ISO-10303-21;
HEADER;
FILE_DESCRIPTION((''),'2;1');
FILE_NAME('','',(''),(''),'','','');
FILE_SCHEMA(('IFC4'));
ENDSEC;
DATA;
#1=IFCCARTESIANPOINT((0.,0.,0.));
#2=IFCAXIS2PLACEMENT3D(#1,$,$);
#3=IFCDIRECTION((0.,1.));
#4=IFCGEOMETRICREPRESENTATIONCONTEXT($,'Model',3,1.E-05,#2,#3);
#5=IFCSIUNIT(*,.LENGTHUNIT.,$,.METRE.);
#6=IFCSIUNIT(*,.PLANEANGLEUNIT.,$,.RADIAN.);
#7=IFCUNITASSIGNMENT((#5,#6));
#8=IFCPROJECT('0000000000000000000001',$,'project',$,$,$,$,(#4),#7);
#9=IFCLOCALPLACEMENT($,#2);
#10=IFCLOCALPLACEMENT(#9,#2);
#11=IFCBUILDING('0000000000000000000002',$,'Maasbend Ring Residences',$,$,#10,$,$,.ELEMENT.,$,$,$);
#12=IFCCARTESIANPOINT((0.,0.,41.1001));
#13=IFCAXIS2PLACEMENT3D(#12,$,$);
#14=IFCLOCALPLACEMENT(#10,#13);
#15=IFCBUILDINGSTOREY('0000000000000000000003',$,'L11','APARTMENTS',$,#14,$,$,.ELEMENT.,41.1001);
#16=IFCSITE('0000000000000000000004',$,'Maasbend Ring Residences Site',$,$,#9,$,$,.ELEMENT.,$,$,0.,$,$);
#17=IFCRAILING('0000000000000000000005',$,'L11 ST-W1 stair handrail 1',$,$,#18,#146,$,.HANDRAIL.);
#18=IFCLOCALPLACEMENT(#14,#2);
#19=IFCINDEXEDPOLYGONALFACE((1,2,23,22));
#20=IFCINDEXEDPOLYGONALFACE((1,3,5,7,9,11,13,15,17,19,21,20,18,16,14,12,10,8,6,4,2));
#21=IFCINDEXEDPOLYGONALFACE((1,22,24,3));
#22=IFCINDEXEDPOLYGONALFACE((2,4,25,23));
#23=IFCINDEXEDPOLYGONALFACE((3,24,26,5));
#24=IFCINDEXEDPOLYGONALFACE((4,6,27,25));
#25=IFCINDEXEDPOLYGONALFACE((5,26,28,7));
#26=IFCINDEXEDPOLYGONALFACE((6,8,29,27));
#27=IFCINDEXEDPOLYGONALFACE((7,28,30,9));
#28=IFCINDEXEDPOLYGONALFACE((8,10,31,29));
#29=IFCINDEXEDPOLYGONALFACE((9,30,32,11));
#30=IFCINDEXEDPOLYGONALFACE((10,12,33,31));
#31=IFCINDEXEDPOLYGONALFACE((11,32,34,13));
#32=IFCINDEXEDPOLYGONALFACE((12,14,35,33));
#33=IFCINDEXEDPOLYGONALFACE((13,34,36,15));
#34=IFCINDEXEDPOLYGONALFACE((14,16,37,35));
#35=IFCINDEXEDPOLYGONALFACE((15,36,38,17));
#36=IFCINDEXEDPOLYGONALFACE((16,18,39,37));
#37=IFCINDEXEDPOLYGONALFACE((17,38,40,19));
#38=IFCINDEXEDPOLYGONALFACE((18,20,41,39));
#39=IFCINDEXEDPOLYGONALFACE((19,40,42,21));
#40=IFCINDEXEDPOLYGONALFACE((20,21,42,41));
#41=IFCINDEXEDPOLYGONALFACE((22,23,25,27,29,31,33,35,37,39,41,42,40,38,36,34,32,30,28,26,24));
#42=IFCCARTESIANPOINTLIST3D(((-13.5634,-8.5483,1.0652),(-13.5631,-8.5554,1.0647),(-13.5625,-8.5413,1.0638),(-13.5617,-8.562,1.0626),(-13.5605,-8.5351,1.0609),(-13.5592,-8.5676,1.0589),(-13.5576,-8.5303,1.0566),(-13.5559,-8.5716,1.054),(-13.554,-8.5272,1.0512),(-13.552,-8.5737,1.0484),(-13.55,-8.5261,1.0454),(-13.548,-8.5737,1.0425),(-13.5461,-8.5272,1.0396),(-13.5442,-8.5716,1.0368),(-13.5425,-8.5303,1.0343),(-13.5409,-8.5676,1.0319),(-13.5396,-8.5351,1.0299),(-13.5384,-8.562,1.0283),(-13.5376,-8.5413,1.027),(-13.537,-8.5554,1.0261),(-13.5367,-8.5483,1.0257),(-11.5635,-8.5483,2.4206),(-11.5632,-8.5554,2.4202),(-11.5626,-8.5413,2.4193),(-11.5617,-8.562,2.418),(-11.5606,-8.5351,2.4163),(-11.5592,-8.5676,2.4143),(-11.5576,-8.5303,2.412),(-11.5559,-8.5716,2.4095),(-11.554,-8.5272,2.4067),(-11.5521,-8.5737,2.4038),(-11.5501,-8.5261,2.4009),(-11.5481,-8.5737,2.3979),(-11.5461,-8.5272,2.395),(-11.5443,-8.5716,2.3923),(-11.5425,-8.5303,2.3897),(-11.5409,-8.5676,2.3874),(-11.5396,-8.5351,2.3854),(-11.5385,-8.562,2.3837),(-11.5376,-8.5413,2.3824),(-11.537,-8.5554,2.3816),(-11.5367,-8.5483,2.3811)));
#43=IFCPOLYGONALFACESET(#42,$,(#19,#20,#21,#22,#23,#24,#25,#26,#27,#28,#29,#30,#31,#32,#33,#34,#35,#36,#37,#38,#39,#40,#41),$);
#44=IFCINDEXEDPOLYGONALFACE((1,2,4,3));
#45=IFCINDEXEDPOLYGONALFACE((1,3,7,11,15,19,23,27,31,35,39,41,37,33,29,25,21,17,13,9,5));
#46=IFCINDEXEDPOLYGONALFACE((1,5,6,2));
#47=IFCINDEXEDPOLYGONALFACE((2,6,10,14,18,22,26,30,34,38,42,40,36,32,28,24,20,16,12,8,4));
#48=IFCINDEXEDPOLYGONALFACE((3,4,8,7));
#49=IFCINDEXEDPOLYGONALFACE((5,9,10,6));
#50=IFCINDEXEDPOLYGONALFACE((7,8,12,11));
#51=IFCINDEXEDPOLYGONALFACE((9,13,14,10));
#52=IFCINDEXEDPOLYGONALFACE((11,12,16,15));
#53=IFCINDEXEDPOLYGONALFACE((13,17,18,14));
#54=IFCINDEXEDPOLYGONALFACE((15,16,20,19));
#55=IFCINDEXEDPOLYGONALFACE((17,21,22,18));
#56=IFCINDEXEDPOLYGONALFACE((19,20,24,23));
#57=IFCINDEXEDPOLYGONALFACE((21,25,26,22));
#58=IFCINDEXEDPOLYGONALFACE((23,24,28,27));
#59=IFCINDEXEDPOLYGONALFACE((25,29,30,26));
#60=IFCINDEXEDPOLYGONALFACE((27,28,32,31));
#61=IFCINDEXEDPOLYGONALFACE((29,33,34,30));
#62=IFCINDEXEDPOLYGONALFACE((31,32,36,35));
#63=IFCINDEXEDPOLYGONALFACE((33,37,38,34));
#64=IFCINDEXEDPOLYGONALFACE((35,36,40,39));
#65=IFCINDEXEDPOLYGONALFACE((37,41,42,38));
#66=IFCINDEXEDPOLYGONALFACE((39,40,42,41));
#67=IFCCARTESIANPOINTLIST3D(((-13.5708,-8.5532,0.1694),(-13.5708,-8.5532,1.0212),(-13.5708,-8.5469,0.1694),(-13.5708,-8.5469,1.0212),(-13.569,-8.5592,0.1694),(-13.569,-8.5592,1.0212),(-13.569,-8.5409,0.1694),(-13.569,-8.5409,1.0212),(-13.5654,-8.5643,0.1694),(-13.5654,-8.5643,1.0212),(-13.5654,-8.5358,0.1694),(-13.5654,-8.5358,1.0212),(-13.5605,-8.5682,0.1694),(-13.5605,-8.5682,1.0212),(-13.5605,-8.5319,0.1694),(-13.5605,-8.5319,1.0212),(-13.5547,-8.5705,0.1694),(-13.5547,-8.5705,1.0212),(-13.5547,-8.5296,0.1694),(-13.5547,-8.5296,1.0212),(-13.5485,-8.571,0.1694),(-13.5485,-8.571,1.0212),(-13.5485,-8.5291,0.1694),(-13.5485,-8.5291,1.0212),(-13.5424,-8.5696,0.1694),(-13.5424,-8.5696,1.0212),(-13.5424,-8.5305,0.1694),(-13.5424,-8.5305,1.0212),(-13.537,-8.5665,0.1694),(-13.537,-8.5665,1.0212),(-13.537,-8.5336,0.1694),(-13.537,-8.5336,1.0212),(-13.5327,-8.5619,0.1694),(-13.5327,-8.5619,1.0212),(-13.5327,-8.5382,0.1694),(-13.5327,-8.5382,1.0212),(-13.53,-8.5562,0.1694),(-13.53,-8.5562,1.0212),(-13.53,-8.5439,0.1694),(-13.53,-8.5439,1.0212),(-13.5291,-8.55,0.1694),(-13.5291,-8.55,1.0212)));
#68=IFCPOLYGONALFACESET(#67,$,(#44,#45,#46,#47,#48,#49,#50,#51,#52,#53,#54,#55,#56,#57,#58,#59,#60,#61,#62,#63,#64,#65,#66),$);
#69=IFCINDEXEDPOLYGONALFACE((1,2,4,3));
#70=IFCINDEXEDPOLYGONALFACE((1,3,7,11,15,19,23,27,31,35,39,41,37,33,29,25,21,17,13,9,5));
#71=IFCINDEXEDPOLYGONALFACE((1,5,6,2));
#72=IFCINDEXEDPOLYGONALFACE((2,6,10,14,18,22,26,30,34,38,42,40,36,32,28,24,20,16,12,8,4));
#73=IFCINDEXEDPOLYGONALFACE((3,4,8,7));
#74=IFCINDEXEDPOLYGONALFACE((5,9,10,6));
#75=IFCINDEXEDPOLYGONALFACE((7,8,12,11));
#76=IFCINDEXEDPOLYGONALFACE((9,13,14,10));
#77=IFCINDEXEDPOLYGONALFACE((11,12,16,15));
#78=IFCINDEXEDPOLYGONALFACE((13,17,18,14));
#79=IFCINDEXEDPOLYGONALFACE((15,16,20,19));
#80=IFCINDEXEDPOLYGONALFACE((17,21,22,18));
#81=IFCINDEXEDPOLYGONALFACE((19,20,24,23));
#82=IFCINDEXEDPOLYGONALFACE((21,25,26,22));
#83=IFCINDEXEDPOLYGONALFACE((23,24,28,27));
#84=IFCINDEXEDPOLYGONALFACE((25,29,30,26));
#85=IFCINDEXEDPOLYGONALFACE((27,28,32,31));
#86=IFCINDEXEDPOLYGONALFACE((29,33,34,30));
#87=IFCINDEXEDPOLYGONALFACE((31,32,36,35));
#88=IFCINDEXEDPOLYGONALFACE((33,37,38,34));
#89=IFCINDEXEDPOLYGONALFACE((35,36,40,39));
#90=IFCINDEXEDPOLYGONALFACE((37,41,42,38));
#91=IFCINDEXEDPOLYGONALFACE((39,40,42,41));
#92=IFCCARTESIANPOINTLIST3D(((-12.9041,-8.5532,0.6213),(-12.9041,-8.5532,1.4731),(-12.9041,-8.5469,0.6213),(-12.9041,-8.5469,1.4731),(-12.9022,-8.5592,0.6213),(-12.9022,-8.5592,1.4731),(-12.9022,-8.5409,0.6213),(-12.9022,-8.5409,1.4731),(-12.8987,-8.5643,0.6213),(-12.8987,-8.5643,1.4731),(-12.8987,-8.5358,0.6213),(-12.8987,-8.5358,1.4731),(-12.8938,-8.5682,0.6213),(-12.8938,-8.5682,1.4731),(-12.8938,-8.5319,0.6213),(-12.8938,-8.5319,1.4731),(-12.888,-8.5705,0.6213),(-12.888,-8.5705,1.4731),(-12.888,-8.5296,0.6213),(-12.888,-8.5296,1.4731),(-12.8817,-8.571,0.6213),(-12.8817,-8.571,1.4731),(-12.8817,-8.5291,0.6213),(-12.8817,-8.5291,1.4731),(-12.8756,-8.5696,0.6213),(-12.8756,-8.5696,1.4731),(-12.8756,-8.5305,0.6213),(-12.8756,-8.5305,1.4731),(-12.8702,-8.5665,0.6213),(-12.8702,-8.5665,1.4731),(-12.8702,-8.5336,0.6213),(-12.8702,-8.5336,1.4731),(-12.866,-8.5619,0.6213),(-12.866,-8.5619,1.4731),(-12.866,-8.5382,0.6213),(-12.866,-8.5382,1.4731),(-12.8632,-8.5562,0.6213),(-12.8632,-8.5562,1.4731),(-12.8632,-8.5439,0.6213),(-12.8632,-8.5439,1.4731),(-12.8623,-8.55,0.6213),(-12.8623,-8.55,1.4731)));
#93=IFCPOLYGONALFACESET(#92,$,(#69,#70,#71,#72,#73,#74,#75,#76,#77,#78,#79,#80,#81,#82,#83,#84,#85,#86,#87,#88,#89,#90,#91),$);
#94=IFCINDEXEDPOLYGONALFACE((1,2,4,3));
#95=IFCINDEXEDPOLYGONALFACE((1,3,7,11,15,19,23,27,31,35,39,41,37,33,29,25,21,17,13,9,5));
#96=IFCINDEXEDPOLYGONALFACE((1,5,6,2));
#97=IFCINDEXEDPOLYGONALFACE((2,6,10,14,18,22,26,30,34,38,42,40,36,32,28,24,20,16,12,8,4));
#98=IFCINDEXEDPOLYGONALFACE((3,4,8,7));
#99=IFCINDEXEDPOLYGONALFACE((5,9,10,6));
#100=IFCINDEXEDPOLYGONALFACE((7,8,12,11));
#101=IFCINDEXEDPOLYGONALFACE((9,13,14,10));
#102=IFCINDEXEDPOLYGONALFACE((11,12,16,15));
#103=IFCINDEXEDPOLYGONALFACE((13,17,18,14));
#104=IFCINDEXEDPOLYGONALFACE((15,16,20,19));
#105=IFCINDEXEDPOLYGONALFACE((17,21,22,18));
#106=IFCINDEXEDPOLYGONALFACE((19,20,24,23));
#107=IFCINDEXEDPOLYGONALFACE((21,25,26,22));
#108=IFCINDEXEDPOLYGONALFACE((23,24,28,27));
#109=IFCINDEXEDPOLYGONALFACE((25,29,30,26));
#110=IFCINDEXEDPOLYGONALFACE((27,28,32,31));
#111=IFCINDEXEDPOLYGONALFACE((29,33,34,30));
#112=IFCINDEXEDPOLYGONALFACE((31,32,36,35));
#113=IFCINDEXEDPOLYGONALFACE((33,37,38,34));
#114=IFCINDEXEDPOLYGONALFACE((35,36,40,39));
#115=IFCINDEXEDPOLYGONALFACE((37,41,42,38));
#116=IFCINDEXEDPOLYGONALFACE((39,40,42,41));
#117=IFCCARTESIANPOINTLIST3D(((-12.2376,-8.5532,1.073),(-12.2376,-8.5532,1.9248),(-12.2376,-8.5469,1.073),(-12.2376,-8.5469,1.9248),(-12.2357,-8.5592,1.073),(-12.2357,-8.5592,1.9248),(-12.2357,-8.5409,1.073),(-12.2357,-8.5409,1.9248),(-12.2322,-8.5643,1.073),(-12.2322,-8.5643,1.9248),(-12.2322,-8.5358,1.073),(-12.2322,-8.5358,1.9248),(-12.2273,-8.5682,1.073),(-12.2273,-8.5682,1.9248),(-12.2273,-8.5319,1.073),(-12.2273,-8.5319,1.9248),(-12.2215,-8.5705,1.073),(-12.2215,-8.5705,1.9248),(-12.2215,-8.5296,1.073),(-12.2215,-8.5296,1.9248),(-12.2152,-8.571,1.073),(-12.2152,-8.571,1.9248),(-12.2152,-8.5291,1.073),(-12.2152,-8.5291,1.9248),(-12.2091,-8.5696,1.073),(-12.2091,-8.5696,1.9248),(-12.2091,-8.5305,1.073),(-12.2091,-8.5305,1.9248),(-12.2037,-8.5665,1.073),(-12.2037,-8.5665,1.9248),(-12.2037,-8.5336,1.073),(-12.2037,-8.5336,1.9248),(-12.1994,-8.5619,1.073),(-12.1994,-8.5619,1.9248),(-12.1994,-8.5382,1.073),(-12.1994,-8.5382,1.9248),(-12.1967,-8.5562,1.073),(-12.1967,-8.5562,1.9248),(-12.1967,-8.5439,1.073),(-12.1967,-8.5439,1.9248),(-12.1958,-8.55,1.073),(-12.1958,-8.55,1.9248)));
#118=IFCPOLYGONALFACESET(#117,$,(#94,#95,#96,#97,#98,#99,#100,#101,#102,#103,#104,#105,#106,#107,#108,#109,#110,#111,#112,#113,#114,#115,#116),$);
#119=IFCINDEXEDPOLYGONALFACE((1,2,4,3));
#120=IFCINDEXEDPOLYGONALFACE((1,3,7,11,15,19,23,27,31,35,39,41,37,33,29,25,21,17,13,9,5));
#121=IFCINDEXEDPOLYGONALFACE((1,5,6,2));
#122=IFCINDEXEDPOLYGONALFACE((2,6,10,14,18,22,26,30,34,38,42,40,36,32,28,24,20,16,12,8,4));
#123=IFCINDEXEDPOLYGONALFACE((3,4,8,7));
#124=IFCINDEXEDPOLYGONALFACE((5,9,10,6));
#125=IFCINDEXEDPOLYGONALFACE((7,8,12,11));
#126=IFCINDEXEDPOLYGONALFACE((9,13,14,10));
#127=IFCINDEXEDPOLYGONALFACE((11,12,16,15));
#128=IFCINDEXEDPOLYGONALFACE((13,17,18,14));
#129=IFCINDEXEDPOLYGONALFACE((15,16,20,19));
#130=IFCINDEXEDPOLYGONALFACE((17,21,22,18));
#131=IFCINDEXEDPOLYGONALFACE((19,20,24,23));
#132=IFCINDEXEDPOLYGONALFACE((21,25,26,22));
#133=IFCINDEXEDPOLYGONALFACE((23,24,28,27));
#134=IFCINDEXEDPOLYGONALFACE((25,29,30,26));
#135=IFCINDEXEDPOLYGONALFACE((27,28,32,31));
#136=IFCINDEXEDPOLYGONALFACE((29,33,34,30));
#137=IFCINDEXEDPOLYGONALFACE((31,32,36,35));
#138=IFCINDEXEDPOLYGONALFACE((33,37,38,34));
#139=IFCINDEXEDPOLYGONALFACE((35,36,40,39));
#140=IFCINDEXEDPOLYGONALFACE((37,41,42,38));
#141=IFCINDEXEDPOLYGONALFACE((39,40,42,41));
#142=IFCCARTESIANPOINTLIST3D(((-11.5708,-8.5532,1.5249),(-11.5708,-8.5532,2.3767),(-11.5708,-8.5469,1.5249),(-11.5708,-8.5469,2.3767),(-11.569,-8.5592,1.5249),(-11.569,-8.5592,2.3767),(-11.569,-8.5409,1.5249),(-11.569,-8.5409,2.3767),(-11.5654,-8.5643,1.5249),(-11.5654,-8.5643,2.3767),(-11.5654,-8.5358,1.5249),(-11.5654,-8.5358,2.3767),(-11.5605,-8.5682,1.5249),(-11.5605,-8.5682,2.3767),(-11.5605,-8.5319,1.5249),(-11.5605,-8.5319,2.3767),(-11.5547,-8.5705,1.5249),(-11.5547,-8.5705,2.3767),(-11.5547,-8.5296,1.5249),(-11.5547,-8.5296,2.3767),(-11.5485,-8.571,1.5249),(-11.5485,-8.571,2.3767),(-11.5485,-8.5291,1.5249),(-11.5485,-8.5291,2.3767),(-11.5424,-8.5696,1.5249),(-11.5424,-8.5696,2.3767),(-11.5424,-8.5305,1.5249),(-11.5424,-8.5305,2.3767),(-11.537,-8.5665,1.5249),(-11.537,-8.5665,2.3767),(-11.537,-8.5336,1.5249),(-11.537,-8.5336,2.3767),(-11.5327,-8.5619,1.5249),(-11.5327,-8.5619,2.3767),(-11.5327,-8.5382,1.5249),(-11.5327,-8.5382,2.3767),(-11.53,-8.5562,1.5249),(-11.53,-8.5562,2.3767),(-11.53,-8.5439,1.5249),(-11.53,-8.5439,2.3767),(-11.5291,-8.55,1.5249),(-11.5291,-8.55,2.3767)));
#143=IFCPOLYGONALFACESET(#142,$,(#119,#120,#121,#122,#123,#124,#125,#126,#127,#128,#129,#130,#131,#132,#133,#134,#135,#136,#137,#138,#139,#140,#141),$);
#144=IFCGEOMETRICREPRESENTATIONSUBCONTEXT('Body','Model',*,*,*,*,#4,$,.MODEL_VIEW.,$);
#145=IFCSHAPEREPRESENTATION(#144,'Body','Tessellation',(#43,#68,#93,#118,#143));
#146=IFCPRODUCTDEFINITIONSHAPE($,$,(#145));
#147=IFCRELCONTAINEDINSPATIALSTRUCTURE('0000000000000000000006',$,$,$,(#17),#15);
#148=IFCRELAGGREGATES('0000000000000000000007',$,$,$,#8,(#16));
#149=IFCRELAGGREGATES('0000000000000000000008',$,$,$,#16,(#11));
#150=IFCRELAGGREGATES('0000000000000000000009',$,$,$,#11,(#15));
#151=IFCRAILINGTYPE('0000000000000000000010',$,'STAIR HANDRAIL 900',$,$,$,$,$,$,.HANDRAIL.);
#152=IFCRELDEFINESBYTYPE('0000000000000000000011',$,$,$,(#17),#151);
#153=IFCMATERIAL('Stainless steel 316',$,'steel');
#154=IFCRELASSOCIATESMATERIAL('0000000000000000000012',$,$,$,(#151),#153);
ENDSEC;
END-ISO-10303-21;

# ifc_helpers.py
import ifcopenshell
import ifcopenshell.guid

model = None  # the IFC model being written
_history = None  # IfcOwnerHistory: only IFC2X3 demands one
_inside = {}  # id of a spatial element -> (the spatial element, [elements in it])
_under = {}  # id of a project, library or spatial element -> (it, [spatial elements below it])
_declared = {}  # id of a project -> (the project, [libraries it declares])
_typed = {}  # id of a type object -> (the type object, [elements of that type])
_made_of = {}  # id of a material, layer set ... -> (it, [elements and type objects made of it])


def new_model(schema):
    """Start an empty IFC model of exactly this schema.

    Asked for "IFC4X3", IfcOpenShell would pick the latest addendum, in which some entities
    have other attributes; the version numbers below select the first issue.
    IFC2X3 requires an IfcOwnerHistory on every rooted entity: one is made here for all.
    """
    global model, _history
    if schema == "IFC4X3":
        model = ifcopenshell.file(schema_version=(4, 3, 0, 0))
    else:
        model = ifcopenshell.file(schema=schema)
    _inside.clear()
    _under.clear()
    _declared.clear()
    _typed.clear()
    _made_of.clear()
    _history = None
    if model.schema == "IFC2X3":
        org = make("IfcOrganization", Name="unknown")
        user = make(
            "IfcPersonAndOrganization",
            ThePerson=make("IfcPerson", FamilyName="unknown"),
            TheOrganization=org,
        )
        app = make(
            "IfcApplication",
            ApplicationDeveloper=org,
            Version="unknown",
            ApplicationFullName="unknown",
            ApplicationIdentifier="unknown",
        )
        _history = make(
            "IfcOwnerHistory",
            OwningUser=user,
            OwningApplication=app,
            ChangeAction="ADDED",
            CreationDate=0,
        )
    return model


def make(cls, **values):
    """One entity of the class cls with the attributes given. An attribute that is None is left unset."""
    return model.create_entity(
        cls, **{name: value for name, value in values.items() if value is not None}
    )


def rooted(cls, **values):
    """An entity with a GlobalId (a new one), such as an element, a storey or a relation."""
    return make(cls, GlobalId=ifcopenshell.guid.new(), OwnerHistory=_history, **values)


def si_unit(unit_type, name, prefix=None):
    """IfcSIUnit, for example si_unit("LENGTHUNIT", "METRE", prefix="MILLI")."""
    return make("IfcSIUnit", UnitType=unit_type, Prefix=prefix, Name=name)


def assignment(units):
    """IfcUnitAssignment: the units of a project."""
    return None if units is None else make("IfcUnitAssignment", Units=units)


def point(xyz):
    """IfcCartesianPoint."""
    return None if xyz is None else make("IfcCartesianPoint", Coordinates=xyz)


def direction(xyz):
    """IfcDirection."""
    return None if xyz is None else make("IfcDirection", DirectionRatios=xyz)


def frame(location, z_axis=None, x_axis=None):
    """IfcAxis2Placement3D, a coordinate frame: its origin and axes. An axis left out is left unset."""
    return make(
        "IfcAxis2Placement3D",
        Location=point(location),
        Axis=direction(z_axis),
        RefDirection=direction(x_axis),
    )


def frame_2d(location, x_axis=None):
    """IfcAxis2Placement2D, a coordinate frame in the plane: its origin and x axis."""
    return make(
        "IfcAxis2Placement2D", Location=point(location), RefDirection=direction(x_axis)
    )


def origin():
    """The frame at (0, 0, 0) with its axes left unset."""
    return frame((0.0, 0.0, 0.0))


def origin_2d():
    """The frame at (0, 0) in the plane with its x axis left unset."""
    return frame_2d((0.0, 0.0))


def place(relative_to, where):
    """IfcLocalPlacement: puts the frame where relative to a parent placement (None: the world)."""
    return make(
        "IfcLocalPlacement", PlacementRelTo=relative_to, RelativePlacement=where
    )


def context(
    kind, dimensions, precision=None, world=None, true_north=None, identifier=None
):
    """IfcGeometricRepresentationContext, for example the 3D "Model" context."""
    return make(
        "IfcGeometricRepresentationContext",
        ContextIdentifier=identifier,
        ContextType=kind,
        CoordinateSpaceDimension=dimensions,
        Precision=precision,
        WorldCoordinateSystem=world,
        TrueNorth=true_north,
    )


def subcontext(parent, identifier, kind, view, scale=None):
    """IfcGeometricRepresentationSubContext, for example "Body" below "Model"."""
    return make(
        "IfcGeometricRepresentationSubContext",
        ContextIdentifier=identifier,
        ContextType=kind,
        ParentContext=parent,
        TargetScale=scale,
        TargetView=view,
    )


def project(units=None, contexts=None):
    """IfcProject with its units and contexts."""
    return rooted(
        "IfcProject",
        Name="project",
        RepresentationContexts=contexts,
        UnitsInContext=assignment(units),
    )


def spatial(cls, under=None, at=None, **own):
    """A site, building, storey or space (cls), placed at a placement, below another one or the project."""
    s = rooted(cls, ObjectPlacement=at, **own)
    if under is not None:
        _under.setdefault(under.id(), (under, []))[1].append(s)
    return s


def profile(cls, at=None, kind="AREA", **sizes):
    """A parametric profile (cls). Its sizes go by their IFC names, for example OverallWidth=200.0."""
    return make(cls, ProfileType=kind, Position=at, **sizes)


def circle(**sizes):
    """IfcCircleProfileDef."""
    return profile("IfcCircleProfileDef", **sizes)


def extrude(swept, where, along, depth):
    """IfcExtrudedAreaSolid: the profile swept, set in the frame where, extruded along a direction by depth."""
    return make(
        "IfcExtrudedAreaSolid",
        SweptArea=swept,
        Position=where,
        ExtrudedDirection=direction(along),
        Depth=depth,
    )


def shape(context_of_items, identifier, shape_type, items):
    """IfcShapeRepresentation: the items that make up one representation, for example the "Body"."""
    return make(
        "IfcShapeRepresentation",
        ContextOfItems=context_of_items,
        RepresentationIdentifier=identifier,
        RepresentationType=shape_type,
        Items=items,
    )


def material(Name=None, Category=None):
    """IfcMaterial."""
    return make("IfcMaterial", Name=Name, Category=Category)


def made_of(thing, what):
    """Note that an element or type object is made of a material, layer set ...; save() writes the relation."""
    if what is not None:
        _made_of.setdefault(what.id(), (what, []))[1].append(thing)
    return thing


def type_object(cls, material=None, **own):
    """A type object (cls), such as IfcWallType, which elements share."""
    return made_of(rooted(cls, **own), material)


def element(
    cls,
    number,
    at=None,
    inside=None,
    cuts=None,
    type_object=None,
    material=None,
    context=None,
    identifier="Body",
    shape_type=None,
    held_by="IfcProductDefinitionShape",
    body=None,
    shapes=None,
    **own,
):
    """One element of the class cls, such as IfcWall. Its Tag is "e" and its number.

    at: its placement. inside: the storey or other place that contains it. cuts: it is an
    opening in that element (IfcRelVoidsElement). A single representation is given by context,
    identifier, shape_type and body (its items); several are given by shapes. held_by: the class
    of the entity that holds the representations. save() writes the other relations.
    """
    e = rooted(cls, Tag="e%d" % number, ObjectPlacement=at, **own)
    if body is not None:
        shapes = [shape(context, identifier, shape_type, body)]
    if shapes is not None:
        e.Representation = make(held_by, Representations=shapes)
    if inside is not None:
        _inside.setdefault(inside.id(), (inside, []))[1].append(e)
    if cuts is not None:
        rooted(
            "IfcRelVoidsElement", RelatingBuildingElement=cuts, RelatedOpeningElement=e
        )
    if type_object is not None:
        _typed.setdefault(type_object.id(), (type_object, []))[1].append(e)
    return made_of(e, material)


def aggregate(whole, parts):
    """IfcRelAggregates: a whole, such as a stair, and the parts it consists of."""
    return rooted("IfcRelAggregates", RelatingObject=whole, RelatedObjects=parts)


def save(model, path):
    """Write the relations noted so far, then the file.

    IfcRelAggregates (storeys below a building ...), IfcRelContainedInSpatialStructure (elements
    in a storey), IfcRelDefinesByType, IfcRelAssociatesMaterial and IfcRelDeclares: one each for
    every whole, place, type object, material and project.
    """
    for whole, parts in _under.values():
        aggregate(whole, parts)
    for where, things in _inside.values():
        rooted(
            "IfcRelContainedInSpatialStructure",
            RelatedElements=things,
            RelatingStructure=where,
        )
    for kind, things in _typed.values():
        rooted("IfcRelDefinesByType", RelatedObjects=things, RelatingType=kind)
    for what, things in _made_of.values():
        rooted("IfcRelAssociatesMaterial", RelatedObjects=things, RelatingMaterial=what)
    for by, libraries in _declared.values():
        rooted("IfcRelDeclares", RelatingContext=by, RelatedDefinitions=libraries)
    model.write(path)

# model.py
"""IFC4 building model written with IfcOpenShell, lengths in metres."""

from ifc_helpers import new_model, si_unit, direction, frame, origin, origin_2d, place, context, subcontext, project, spatial, circle, extrude, material, type_object, element, save


model = new_model("IFC4")

# Units and contexts
model_context = context("Model", 3, precision=1e-05, world=origin(), true_north=direction((0.0, 1.0)))
body_context = subcontext(model_context, "Body", "Model", "MODEL_VIEW")
ifc_project = project(units=[si_unit("LENGTHUNIT", "METRE"), si_unit("PLANEANGLEUNIT", "RADIAN")], contexts=[model_context])

# Site, building, storey
site_placement = place(None, origin())
site = spatial("IfcSite", under=ifc_project, at=site_placement, Name="Maasbend Ring Residences Site", CompositionType="ELEMENT", RefElevation=0.0)
building_placement = place(site_placement, origin())
building = spatial("IfcBuilding", under=site, at=building_placement, Name="Maasbend Ring Residences", CompositionType="ELEMENT")
storey_placement = place(building_placement, frame((0.0, 0.0, 41.1001)))
storey = spatial("IfcBuildingStorey", under=building, at=storey_placement, Name="L11", Description="APARTMENTS", CompositionType="ELEMENT", Elevation=41.1001)

# Railing
ifc_material_1 = material(Name="Stainless steel 316", Category="steel")
railing_type_1 = type_object("IfcRailingType", Name="STAIR HANDRAIL 900", PredefinedType="HANDRAIL", material=ifc_material_1)
railing_1_placement = place(storey_placement, frame((-13.55, -8.55, 0.1694)))
element("IfcRailing", 1, at=railing_1_placement, inside=storey, type_object=railing_type_1, Name="L11 ST-W1 stair handrail 1", PredefinedType="HANDRAIL", context=body_context, shape_type="SweptSolid", body=[
    extrude(circle(Radius=0.0239, at=origin_2d()), frame((0.0, 0.0, 0.876), z_axis=(0.827798, 0.0, 0.561027), x_axis=(0.0, 1.0, 0.0)), (0.0, 0.0, 1.0), 2.416),
    extrude(circle(Radius=0.021, at=origin_2d()), origin(), (0.0, 0.0, 1.0), 0.8518),
    extrude(circle(Radius=0.021, at=origin_2d()), frame((0.6667, 0.0, 0.4519)), (0.0, 0.0, 1.0), 0.8518),
    extrude(circle(Radius=0.021, at=origin_2d()), frame((1.3333, 0.0, 0.9036)), (0.0, 0.0, 1.0), 0.8518),
    extrude(circle(Radius=0.021, at=origin_2d()), frame((2.0, 0.0, 1.3555)), (0.0, 0.0, 1.0), 0.8518),
])

save(model, "model.ifc")
